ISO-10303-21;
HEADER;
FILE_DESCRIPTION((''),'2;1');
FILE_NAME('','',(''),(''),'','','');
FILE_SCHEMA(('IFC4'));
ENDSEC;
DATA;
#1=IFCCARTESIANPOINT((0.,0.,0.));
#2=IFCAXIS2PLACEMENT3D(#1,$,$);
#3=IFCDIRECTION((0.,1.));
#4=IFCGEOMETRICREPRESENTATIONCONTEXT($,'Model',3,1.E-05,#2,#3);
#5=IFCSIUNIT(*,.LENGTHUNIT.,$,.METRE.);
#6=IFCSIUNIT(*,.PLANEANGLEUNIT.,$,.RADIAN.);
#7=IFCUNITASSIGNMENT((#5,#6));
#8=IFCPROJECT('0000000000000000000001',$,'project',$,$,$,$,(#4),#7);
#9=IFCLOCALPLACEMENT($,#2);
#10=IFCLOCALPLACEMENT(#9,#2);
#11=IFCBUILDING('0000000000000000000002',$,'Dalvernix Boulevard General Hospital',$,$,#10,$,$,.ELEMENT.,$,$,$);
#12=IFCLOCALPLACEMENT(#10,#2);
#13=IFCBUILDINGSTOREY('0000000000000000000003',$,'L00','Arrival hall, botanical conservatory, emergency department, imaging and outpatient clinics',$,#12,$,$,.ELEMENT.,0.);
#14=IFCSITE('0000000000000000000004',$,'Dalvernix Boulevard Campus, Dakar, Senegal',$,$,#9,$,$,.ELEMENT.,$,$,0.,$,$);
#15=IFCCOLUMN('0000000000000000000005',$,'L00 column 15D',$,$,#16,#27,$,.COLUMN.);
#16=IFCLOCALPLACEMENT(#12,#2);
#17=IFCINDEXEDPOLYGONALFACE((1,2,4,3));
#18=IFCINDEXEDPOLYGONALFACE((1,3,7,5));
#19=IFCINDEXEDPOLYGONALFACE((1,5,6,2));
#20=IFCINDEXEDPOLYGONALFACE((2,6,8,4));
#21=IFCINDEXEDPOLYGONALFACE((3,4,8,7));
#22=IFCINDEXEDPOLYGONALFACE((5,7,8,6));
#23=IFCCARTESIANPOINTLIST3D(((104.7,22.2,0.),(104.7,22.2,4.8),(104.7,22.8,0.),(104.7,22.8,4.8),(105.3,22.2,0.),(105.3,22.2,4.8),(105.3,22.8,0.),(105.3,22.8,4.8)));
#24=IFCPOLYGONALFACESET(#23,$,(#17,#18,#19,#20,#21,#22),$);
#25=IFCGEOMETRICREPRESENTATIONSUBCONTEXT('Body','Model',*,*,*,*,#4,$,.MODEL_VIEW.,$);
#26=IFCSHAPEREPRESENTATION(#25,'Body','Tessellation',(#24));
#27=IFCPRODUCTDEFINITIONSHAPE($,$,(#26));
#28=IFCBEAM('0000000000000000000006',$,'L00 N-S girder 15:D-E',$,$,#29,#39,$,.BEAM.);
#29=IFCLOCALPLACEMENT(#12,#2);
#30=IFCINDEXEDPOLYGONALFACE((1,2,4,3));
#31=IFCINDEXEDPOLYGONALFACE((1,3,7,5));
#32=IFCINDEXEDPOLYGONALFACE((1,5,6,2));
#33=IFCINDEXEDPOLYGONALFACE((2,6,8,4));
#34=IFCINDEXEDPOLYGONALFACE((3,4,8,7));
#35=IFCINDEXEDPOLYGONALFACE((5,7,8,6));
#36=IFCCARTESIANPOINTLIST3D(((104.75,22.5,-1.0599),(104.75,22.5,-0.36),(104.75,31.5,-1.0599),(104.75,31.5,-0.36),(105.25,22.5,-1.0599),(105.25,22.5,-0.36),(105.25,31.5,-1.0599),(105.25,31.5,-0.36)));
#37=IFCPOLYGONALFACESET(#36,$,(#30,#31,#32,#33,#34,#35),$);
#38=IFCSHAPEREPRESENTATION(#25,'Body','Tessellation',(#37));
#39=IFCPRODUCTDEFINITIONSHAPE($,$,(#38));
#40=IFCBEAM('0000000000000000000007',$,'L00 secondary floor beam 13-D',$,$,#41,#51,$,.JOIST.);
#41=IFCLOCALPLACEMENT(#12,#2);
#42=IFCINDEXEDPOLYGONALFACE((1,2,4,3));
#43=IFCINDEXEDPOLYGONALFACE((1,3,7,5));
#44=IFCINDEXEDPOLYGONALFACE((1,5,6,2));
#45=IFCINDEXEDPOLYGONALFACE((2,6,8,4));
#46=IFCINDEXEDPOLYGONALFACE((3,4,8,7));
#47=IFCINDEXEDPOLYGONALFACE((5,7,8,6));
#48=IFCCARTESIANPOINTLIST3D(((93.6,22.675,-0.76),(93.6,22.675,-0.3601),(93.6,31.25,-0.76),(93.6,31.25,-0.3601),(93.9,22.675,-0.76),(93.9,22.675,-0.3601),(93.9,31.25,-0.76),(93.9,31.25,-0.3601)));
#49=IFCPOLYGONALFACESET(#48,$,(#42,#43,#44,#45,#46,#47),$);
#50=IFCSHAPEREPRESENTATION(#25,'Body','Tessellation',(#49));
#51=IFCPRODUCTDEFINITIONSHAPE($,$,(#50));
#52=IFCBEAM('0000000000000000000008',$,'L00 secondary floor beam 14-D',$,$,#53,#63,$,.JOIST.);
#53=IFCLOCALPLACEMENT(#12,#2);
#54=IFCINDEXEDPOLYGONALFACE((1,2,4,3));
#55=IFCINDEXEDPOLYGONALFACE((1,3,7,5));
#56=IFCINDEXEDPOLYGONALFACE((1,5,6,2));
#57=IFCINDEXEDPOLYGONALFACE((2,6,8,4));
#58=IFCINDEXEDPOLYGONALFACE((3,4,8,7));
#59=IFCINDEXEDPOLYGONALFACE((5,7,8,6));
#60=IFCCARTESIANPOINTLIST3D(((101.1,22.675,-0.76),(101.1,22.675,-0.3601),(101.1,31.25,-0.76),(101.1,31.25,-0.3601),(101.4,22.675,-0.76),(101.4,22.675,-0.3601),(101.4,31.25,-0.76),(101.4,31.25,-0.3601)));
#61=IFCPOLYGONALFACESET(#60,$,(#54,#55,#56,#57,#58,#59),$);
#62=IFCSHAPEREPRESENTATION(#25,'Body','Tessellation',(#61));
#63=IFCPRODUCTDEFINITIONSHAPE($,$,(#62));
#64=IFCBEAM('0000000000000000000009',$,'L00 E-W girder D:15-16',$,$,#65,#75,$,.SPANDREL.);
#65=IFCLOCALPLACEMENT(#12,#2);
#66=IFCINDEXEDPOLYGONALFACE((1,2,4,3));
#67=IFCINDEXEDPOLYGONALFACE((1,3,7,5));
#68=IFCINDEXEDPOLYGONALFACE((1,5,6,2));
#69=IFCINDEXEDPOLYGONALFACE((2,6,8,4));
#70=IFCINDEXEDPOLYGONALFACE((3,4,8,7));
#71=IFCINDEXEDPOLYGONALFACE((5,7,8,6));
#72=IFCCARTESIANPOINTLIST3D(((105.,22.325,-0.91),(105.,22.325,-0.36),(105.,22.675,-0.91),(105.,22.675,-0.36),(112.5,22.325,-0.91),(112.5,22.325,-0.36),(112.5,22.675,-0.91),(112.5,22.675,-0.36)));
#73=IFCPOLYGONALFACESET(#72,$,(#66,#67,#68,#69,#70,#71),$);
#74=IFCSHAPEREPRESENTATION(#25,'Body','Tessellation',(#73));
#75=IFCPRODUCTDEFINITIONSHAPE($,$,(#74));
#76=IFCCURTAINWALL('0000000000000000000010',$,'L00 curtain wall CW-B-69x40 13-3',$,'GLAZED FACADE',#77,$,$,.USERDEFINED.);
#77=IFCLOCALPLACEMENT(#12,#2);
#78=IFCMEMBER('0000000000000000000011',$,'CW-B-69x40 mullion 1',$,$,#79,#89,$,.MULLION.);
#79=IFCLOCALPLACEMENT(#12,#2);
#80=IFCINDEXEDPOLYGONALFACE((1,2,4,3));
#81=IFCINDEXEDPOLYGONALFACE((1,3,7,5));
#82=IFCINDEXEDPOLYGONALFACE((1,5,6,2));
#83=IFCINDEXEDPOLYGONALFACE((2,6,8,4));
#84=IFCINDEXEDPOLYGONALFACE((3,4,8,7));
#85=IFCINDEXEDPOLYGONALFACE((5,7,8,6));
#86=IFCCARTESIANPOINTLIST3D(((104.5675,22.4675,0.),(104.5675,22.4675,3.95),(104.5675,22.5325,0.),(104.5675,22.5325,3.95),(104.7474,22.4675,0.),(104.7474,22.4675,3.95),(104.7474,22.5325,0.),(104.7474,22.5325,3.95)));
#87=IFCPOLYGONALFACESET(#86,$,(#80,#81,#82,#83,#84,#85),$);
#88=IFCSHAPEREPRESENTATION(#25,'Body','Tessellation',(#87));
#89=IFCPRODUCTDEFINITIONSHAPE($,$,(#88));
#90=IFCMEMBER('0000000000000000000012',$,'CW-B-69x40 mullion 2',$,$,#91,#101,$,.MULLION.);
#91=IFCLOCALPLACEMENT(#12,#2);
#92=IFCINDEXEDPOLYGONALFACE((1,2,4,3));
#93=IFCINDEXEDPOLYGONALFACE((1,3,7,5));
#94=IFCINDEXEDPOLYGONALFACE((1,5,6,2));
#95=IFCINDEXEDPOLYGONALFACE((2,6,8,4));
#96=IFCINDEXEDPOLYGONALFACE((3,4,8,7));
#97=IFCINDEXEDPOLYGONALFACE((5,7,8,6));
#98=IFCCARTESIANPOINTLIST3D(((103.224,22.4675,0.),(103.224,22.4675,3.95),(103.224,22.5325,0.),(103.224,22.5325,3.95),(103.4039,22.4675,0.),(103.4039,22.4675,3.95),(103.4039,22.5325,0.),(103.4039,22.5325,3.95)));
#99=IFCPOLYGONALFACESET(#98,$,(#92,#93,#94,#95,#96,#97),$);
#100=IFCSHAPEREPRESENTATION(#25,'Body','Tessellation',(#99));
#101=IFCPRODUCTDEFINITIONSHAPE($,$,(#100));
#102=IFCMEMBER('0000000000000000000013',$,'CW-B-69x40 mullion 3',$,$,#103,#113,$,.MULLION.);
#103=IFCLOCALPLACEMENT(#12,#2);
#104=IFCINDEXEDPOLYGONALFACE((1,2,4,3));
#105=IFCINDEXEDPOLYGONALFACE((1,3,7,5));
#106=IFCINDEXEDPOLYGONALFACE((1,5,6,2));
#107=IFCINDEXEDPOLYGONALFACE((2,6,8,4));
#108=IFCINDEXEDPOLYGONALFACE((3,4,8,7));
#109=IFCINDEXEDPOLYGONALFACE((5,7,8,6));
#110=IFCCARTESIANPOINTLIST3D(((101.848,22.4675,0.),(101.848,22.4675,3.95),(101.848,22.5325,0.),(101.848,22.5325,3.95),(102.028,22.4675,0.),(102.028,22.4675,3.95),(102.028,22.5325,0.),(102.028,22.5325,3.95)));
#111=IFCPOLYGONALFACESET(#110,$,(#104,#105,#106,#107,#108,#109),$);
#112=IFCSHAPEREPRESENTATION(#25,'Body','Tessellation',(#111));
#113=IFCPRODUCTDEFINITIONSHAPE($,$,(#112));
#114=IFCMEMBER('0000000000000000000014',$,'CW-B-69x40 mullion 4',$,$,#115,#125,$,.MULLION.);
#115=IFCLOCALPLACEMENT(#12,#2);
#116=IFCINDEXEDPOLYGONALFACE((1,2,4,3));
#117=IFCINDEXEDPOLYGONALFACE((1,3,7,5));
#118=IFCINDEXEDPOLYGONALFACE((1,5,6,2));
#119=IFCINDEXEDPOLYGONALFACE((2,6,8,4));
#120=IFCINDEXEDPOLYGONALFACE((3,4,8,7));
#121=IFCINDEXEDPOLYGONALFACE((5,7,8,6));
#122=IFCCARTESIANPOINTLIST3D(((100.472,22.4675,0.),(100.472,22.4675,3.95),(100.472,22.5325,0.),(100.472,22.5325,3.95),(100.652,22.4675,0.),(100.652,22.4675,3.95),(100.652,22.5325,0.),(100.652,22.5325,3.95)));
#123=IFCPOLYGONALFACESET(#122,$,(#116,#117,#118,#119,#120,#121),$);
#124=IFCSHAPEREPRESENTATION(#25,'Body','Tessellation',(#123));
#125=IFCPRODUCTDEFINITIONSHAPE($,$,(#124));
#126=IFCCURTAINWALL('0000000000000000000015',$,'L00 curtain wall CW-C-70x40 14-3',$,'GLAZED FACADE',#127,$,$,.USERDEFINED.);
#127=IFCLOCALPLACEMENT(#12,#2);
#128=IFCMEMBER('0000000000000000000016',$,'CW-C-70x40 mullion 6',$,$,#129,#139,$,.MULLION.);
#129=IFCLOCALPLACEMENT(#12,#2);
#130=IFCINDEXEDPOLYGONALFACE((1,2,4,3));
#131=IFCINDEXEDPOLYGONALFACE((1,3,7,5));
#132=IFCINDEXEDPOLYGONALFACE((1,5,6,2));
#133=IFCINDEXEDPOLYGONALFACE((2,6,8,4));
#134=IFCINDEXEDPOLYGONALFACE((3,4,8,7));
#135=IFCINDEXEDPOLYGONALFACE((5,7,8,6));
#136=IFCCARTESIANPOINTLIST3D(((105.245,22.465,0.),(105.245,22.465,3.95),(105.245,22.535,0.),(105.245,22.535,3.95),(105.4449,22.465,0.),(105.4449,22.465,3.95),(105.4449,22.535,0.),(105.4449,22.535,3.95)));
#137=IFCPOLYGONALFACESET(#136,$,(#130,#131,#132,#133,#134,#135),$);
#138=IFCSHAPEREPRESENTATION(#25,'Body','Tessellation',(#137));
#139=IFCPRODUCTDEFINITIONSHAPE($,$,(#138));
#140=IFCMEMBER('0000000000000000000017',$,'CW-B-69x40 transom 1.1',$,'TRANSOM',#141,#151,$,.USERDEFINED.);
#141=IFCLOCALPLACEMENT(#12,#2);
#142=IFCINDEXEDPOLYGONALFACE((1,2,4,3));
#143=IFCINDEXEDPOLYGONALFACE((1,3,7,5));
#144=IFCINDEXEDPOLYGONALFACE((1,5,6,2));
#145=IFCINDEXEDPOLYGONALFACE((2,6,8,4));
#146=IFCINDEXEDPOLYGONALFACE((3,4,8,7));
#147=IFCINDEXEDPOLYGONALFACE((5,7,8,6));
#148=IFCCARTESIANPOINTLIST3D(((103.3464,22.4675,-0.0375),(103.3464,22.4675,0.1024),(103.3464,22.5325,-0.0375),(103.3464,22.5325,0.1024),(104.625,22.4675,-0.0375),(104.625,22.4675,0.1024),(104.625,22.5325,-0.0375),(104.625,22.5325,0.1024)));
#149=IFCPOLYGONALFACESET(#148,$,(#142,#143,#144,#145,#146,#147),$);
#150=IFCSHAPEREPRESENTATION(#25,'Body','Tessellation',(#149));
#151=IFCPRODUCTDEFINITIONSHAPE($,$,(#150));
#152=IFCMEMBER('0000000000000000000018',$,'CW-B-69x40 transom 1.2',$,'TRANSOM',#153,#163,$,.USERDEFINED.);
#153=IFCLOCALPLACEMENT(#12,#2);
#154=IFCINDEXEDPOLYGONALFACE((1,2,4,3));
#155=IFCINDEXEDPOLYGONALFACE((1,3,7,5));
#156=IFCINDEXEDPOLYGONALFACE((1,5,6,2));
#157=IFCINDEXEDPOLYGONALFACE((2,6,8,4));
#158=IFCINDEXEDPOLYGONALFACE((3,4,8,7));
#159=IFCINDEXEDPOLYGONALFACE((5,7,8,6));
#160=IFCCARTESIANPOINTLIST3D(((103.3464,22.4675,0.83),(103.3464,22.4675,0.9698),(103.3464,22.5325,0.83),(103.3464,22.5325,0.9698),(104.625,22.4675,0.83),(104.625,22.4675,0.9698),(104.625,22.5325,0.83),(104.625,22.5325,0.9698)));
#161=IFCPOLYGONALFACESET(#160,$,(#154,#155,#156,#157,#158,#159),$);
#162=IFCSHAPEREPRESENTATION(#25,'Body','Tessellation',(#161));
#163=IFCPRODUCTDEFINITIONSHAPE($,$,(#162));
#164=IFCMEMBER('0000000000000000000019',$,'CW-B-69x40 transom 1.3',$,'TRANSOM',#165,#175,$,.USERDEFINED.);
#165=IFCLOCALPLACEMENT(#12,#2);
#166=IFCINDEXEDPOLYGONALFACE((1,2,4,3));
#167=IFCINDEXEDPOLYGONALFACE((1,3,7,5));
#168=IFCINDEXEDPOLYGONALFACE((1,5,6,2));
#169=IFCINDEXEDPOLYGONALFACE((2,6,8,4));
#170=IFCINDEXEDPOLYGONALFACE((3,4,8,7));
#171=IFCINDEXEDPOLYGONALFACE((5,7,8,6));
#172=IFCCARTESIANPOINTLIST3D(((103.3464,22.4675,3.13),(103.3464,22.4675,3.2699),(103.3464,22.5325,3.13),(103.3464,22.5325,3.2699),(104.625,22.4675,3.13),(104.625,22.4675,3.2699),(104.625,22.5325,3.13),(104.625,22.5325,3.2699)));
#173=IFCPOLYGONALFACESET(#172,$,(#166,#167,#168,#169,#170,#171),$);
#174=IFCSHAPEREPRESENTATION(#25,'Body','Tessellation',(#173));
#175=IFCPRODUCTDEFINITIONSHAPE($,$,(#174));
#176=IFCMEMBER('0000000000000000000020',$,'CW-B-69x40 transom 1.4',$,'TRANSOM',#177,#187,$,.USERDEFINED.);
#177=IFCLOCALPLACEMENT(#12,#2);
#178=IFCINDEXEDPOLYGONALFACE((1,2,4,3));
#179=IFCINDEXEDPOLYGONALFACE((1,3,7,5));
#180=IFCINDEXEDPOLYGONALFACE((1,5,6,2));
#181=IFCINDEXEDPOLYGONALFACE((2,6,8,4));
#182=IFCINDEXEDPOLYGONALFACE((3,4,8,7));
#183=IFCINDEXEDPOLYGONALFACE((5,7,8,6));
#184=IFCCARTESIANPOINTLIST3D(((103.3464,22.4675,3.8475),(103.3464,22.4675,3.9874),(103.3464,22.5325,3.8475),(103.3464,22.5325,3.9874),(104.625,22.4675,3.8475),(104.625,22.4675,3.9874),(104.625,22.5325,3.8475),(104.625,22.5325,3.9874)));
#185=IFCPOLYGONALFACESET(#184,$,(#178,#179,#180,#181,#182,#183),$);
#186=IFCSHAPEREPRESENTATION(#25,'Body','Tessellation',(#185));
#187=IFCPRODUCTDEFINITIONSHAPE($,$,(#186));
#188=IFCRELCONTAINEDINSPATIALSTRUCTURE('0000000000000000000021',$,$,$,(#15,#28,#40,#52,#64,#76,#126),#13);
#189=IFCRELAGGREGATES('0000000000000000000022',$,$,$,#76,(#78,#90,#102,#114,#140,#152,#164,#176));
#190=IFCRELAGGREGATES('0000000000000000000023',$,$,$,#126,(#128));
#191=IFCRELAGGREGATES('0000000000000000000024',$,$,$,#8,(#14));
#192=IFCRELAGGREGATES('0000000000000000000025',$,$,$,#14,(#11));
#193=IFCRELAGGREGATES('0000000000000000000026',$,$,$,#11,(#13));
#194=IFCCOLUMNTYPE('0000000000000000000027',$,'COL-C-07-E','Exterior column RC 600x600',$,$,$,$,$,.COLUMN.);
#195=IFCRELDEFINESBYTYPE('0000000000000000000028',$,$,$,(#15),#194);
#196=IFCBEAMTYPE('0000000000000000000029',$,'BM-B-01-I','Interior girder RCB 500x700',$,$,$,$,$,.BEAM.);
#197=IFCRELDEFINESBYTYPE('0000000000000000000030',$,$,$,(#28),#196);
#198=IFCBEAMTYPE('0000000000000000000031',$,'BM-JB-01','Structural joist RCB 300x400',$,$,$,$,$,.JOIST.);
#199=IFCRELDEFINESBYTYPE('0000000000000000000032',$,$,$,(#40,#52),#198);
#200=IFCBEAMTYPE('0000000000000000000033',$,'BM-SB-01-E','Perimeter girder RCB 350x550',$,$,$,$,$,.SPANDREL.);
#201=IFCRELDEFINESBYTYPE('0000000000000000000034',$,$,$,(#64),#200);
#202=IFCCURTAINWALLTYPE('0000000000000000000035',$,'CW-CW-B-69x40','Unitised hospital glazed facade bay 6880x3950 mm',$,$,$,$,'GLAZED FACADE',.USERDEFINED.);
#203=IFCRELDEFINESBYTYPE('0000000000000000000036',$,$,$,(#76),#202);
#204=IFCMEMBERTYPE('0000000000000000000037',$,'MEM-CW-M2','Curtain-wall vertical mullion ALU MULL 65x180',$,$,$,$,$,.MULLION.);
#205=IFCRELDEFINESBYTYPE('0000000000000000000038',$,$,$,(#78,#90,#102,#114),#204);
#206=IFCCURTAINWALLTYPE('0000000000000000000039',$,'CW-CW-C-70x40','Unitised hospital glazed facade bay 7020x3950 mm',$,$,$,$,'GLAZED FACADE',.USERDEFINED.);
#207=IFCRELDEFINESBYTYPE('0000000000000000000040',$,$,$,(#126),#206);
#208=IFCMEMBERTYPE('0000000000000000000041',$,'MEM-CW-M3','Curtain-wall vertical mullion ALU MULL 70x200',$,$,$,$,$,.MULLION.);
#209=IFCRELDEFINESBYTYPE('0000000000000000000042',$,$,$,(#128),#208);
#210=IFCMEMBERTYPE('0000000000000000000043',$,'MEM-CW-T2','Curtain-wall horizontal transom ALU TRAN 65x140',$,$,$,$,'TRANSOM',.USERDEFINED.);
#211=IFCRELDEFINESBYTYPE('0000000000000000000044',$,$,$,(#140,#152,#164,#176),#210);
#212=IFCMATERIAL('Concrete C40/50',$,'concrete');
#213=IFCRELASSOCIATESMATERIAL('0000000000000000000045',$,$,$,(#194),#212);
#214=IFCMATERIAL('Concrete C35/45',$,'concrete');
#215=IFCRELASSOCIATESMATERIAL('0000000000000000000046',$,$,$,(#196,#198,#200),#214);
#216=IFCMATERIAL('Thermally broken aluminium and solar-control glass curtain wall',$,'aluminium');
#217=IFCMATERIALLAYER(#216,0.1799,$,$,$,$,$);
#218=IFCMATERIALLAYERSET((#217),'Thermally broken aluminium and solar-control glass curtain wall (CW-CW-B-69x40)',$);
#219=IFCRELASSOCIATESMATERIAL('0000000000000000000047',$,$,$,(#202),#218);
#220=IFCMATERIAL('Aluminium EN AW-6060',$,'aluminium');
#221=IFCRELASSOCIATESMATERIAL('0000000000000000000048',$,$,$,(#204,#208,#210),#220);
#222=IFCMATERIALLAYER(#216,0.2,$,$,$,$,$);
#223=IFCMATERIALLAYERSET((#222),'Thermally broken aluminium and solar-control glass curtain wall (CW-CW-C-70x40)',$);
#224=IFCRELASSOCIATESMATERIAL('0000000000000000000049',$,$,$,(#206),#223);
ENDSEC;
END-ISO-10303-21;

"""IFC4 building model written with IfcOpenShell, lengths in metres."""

from ifc_helpers import new_model, si_unit, direction, frame, origin, origin_2d, place, context, subcontext, project, spatial, rectangle, extrude, material, layer, layer_set, material_profile, profile_set, type_object, element, aggregate, save


model = new_model("IFC4")

# Units and contexts
model_context = context("Model", 3, precision=1e-05, world=origin(), true_north=direction((0.0, 1.0)))
body_context = subcontext(model_context, "Body", "Model", "MODEL_VIEW")
ifc_project = project(units=[si_unit("LENGTHUNIT", "METRE"), si_unit("PLANEANGLEUNIT", "RADIAN")], contexts=[model_context])

# Site, building, storey
site_placement = place(None, origin())
site = spatial("IfcSite", under=ifc_project, at=site_placement, Name="Dalvernix Boulevard Campus, Dakar, Senegal", CompositionType="ELEMENT", RefElevation=0.0)
building_placement = place(site_placement, origin())
building = spatial("IfcBuilding", under=site, at=building_placement, Name="Dalvernix Boulevard General Hospital", CompositionType="ELEMENT")
storey_placement = place(building_placement, origin())
storey = spatial("IfcBuildingStorey", under=building, at=storey_placement, Name="L00", Description="Arrival hall, botanical conservatory, emergency department, imaging and outpatient clinics", CompositionType="ELEMENT", Elevation=0.0)

# Column
ifc_material_1 = material(Name="Concrete C40/50", Category="concrete")
ifc_material_profile_1 = material_profile(ifc_material_1, rectangle(XDim=0.6001, YDim=0.6001, at=origin_2d()), Name="RC 600x600")
ifc_profile_set_1 = profile_set([ifc_material_profile_1], Name="Concrete C40/50")
column_type = type_object("IfcColumnType", Name="COL-C-07-E", Description="Exterior column RC 600x600", PredefinedType="COLUMN", material=ifc_profile_set_1)
column_placement = place(storey_placement, frame((105.0, 22.5, 0.0), z_axis=(0.0, 0.0, 1.0), x_axis=(1.0, 0.0, 0.0)))
element("IfcColumn", 1, at=column_placement, inside=storey, type_object=column_type, Name="L00 column 15D", PredefinedType="COLUMN", context=body_context, shape_type="SweptSolid", body=[
    extrude(rectangle(XDim=0.6001, YDim=0.6001, at=origin_2d()), origin(), (0.0, 0.0, 1.0), 4.8),
])

# Beams
ifc_material_2 = material(Name="Concrete C35/45", Category="concrete")
ifc_material_profile_2 = material_profile(ifc_material_2, rectangle(XDim=0.5, YDim=0.7, at=origin_2d()), Name="RCB 500x700")
ifc_profile_set_2 = profile_set([ifc_material_profile_2], Name="Concrete C35/45")
beam_type_1 = type_object("IfcBeamType", Name="BM-B-01-I", Description="Interior girder RCB 500x700", PredefinedType="BEAM", material=ifc_profile_set_2)
beam_1_placement = place(storey_placement, frame((105.0, 22.5, -0.71), z_axis=(0.0, 1.0, 0.0), x_axis=(-1.0, 0.0, 0.0)))
element("IfcBeam", 2, at=beam_1_placement, inside=storey, type_object=beam_type_1, Name="L00 N-S girder 15:D-E", PredefinedType="BEAM", context=body_context, shape_type="SweptSolid", body=[
    extrude(rectangle(XDim=0.5, YDim=0.7, at=origin_2d()), origin(), (0.0, 0.0, 1.0), 9.0),
])
ifc_material_profile_3 = material_profile(ifc_material_2, rectangle(XDim=0.3, YDim=0.3999, at=origin_2d()), Name="RCB 300x400")
ifc_profile_set_3 = profile_set([ifc_material_profile_3], Name="Concrete C35/45")
beam_type_2 = type_object("IfcBeamType", Name="BM-JB-01", Description="Structural joist RCB 300x400", PredefinedType="JOIST", material=ifc_profile_set_3)
for number, where, z_axis, x_axis, name in (
    (3, (93.75, 22.675, -0.5601), (0.0, 1.0, 0.0), (-1.0, 0.0, 0.0), "L00 secondary floor beam 13-D"),
    (4, (101.25, 22.675, -0.5601), (0.0, 1.0, 0.0), (-1.0, 0.0, 0.0), "L00 secondary floor beam 14-D"),
):
    element("IfcBeam", number, at=place(storey_placement, frame(where, z_axis=z_axis, x_axis=x_axis)), inside=storey, type_object=beam_type_2, Name=name, PredefinedType="JOIST", context=body_context, shape_type="SweptSolid", body=[
        extrude(rectangle(XDim=0.3, YDim=0.3999, at=origin_2d()), origin(), (0.0, 0.0, 1.0), 8.575),
    ])
ifc_material_profile_4 = material_profile(ifc_material_2, rectangle(XDim=0.3501, YDim=0.55, at=origin_2d()), Name="RCB 350x550")
ifc_profile_set_4 = profile_set([ifc_material_profile_4], Name="Concrete C35/45")
beam_type_3 = type_object("IfcBeamType", Name="BM-SB-01-E", Description="Perimeter girder RCB 350x550", PredefinedType="SPANDREL", material=ifc_profile_set_4)
beam_2_placement = place(storey_placement, frame((105.0, 22.5, -0.635), z_axis=(1.0, 0.0, 0.0), x_axis=(0.0, 1.0, 0.0)))
element("IfcBeam", 5, at=beam_2_placement, inside=storey, type_object=beam_type_3, Name="L00 E-W girder D:15-16", PredefinedType="SPANDREL", context=body_context, shape_type="SweptSolid", body=[
    extrude(rectangle(XDim=0.3501, YDim=0.55, at=origin_2d()), origin(), (0.0, 0.0, 1.0), 7.5),
])

# Curtain wall, members
ifc_material_3 = material(Name="Thermally broken aluminium and solar-control glass curtain wall", Category="aluminium")
ifc_layer_1 = layer(ifc_material_3, 0.1799)
ifc_layer_set_1 = layer_set([ifc_layer_1], Name="Thermally broken aluminium and solar-control glass curtain wall (CW-CW-B-69x40)")
curtain_wall_type_1 = type_object("IfcCurtainWallType", Name="CW-CW-B-69x40", Description="Unitised hospital glazed facade bay 6880x3950 mm", ElementType="GLAZED FACADE", PredefinedType="USERDEFINED", material=ifc_layer_set_1)
curtain_wall_1_placement = place(storey_placement, origin())
curtain_wall_1 = element("IfcCurtainWall", 6, at=curtain_wall_1_placement, inside=storey, type_object=curtain_wall_type_1, Name="L00 curtain wall CW-B-69x40 13-3", ObjectType="GLAZED FACADE", PredefinedType="USERDEFINED")
ifc_material_4 = material(Name="Aluminium EN AW-6060", Category="aluminium")
ifc_material_profile_5 = material_profile(ifc_material_4, rectangle(XDim=0.0649, YDim=0.1799, at=origin_2d()), Name="ALU MULL 65x180")
ifc_profile_set_5 = profile_set([ifc_material_profile_5], Name="Aluminium EN AW-6060")
member_type_1 = type_object("IfcMemberType", Name="MEM-CW-M2", Description="Curtain-wall vertical mullion ALU MULL 65x180", PredefinedType="MULLION", material=ifc_profile_set_5)
member_1_placement = place(storey_placement, frame((104.6575, 22.5, 0.0), z_axis=(0.0, 0.0, 1.0), x_axis=(0.0, -1.0, 0.0)))
member_1 = element("IfcMember", 7, at=member_1_placement, type_object=member_type_1, Name="CW-B-69x40 mullion 1", PredefinedType="MULLION", context=body_context, shape_type="SweptSolid", body=[
    extrude(rectangle(XDim=0.0649, YDim=0.1799, at=origin_2d()), origin(), (0.0, 0.0, 1.0), 3.95),
])
member_2_placement = place(storey_placement, frame((103.314, 22.5, 0.0), z_axis=(0.0, 0.0, 1.0), x_axis=(0.0, -1.0, 0.0)))
member_2 = element("IfcMember", 8, at=member_2_placement, type_object=member_type_1, Name="CW-B-69x40 mullion 2", PredefinedType="MULLION", context=body_context, shape_type="SweptSolid", body=[
    extrude(rectangle(XDim=0.0649, YDim=0.1799, at=origin_2d()), origin(), (0.0, 0.0, 1.0), 3.95),
])
member_3_placement = place(storey_placement, frame((101.938, 22.5, 0.0), z_axis=(0.0, 0.0, 1.0), x_axis=(0.0, -1.0, 0.0)))
member_3 = element("IfcMember", 9, at=member_3_placement, type_object=member_type_1, Name="CW-B-69x40 mullion 3", PredefinedType="MULLION", context=body_context, shape_type="SweptSolid", body=[
    extrude(rectangle(XDim=0.0649, YDim=0.1799, at=origin_2d()), origin(), (0.0, 0.0, 1.0), 3.95),
])
member_4_placement = place(storey_placement, frame((100.562, 22.5, 0.0), z_axis=(0.0, 0.0, 1.0), x_axis=(0.0, -1.0, 0.0)))
member_4 = element("IfcMember", 10, at=member_4_placement, type_object=member_type_1, Name="CW-B-69x40 mullion 4", PredefinedType="MULLION", context=body_context, shape_type="SweptSolid", body=[
    extrude(rectangle(XDim=0.0649, YDim=0.1799, at=origin_2d()), origin(), (0.0, 0.0, 1.0), 3.95),
])

# Curtain wall, member
ifc_layer_2 = layer(ifc_material_3, 0.2)
ifc_layer_set_2 = layer_set([ifc_layer_2], Name="Thermally broken aluminium and solar-control glass curtain wall (CW-CW-C-70x40)")
curtain_wall_type_2 = type_object("IfcCurtainWallType", Name="CW-CW-C-70x40", Description="Unitised hospital glazed facade bay 7020x3950 mm", ElementType="GLAZED FACADE", PredefinedType="USERDEFINED", material=ifc_layer_set_2)
curtain_wall_2_placement = place(storey_placement, origin())
curtain_wall_2 = element("IfcCurtainWall", 11, at=curtain_wall_2_placement, inside=storey, type_object=curtain_wall_type_2, Name="L00 curtain wall CW-C-70x40 14-3", ObjectType="GLAZED FACADE", PredefinedType="USERDEFINED")
ifc_material_profile_6 = material_profile(ifc_material_4, rectangle(XDim=0.0701, YDim=0.2, at=origin_2d()), Name="ALU MULL 70x200")
ifc_profile_set_6 = profile_set([ifc_material_profile_6], Name="Aluminium EN AW-6060")
member_type_2 = type_object("IfcMemberType", Name="MEM-CW-M3", Description="Curtain-wall vertical mullion ALU MULL 70x200", PredefinedType="MULLION", material=ifc_profile_set_6)
member_5_placement = place(storey_placement, frame((105.345, 22.5, 0.0), z_axis=(0.0, 0.0, 1.0), x_axis=(0.0, -1.0, 0.0)))
member_5 = element("IfcMember", 12, at=member_5_placement, type_object=member_type_2, Name="CW-C-70x40 mullion 6", PredefinedType="MULLION", context=body_context, shape_type="SweptSolid", body=[
    extrude(rectangle(XDim=0.0701, YDim=0.2, at=origin_2d()), origin(), (0.0, 0.0, 1.0), 3.95),
])

# Members
ifc_material_profile_7 = material_profile(ifc_material_4, rectangle(XDim=0.0649, YDim=0.1399, at=origin_2d()), Name="ALU TRAN 65x140")
ifc_profile_set_7 = profile_set([ifc_material_profile_7], Name="Aluminium EN AW-6060")
member_type_3 = type_object("IfcMemberType", Name="MEM-CW-T2", Description="Curtain-wall horizontal transom ALU TRAN 65x140", ElementType="TRANSOM", PredefinedType="USERDEFINED", material=ifc_profile_set_7)
member_6_placement = place(storey_placement, frame((104.625, 22.5, 0.0325), z_axis=(-1.0, 0.0, 0.0), x_axis=(0.0, -1.0, 0.0)))
member_6 = element("IfcMember", 13, at=member_6_placement, type_object=member_type_3, Name="CW-B-69x40 transom 1.1", ObjectType="TRANSOM", PredefinedType="USERDEFINED", context=body_context, shape_type="SweptSolid", body=[
    extrude(rectangle(XDim=0.0649, YDim=0.1399, at=origin_2d()), origin(), (0.0, 0.0, 1.0), 1.2786),
])
member_7_placement = place(storey_placement, frame((104.625, 22.5, 0.8999), z_axis=(-1.0, 0.0, 0.0), x_axis=(0.0, -1.0, 0.0)))
member_7 = element("IfcMember", 14, at=member_7_placement, type_object=member_type_3, Name="CW-B-69x40 transom 1.2", ObjectType="TRANSOM", PredefinedType="USERDEFINED", context=body_context, shape_type="SweptSolid", body=[
    extrude(rectangle(XDim=0.0649, YDim=0.1399, at=origin_2d()), origin(), (0.0, 0.0, 1.0), 1.2786),
])
member_8_placement = place(storey_placement, frame((104.625, 22.5, 3.2), z_axis=(-1.0, 0.0, 0.0), x_axis=(0.0, -1.0, 0.0)))
member_8 = element("IfcMember", 15, at=member_8_placement, type_object=member_type_3, Name="CW-B-69x40 transom 1.3", ObjectType="TRANSOM", PredefinedType="USERDEFINED", context=body_context, shape_type="SweptSolid", body=[
    extrude(rectangle(XDim=0.0649, YDim=0.1399, at=origin_2d()), origin(), (0.0, 0.0, 1.0), 1.2786),
])
member_9_placement = place(storey_placement, frame((104.625, 22.5, 3.9175), z_axis=(-1.0, 0.0, 0.0), x_axis=(0.0, -1.0, 0.0)))
member_9 = element("IfcMember", 16, at=member_9_placement, type_object=member_type_3, Name="CW-B-69x40 transom 1.4", ObjectType="TRANSOM", PredefinedType="USERDEFINED", context=body_context, shape_type="SweptSolid", body=[
    extrude(rectangle(XDim=0.0649, YDim=0.1399, at=origin_2d()), origin(), (0.0, 0.0, 1.0), 1.2786),
])

aggregate(curtain_wall_1, [member_1, member_2, member_3, member_4, member_6, member_7, member_8, member_9])
aggregate(curtain_wall_2, [member_5])

save(model, "model.ifc")
